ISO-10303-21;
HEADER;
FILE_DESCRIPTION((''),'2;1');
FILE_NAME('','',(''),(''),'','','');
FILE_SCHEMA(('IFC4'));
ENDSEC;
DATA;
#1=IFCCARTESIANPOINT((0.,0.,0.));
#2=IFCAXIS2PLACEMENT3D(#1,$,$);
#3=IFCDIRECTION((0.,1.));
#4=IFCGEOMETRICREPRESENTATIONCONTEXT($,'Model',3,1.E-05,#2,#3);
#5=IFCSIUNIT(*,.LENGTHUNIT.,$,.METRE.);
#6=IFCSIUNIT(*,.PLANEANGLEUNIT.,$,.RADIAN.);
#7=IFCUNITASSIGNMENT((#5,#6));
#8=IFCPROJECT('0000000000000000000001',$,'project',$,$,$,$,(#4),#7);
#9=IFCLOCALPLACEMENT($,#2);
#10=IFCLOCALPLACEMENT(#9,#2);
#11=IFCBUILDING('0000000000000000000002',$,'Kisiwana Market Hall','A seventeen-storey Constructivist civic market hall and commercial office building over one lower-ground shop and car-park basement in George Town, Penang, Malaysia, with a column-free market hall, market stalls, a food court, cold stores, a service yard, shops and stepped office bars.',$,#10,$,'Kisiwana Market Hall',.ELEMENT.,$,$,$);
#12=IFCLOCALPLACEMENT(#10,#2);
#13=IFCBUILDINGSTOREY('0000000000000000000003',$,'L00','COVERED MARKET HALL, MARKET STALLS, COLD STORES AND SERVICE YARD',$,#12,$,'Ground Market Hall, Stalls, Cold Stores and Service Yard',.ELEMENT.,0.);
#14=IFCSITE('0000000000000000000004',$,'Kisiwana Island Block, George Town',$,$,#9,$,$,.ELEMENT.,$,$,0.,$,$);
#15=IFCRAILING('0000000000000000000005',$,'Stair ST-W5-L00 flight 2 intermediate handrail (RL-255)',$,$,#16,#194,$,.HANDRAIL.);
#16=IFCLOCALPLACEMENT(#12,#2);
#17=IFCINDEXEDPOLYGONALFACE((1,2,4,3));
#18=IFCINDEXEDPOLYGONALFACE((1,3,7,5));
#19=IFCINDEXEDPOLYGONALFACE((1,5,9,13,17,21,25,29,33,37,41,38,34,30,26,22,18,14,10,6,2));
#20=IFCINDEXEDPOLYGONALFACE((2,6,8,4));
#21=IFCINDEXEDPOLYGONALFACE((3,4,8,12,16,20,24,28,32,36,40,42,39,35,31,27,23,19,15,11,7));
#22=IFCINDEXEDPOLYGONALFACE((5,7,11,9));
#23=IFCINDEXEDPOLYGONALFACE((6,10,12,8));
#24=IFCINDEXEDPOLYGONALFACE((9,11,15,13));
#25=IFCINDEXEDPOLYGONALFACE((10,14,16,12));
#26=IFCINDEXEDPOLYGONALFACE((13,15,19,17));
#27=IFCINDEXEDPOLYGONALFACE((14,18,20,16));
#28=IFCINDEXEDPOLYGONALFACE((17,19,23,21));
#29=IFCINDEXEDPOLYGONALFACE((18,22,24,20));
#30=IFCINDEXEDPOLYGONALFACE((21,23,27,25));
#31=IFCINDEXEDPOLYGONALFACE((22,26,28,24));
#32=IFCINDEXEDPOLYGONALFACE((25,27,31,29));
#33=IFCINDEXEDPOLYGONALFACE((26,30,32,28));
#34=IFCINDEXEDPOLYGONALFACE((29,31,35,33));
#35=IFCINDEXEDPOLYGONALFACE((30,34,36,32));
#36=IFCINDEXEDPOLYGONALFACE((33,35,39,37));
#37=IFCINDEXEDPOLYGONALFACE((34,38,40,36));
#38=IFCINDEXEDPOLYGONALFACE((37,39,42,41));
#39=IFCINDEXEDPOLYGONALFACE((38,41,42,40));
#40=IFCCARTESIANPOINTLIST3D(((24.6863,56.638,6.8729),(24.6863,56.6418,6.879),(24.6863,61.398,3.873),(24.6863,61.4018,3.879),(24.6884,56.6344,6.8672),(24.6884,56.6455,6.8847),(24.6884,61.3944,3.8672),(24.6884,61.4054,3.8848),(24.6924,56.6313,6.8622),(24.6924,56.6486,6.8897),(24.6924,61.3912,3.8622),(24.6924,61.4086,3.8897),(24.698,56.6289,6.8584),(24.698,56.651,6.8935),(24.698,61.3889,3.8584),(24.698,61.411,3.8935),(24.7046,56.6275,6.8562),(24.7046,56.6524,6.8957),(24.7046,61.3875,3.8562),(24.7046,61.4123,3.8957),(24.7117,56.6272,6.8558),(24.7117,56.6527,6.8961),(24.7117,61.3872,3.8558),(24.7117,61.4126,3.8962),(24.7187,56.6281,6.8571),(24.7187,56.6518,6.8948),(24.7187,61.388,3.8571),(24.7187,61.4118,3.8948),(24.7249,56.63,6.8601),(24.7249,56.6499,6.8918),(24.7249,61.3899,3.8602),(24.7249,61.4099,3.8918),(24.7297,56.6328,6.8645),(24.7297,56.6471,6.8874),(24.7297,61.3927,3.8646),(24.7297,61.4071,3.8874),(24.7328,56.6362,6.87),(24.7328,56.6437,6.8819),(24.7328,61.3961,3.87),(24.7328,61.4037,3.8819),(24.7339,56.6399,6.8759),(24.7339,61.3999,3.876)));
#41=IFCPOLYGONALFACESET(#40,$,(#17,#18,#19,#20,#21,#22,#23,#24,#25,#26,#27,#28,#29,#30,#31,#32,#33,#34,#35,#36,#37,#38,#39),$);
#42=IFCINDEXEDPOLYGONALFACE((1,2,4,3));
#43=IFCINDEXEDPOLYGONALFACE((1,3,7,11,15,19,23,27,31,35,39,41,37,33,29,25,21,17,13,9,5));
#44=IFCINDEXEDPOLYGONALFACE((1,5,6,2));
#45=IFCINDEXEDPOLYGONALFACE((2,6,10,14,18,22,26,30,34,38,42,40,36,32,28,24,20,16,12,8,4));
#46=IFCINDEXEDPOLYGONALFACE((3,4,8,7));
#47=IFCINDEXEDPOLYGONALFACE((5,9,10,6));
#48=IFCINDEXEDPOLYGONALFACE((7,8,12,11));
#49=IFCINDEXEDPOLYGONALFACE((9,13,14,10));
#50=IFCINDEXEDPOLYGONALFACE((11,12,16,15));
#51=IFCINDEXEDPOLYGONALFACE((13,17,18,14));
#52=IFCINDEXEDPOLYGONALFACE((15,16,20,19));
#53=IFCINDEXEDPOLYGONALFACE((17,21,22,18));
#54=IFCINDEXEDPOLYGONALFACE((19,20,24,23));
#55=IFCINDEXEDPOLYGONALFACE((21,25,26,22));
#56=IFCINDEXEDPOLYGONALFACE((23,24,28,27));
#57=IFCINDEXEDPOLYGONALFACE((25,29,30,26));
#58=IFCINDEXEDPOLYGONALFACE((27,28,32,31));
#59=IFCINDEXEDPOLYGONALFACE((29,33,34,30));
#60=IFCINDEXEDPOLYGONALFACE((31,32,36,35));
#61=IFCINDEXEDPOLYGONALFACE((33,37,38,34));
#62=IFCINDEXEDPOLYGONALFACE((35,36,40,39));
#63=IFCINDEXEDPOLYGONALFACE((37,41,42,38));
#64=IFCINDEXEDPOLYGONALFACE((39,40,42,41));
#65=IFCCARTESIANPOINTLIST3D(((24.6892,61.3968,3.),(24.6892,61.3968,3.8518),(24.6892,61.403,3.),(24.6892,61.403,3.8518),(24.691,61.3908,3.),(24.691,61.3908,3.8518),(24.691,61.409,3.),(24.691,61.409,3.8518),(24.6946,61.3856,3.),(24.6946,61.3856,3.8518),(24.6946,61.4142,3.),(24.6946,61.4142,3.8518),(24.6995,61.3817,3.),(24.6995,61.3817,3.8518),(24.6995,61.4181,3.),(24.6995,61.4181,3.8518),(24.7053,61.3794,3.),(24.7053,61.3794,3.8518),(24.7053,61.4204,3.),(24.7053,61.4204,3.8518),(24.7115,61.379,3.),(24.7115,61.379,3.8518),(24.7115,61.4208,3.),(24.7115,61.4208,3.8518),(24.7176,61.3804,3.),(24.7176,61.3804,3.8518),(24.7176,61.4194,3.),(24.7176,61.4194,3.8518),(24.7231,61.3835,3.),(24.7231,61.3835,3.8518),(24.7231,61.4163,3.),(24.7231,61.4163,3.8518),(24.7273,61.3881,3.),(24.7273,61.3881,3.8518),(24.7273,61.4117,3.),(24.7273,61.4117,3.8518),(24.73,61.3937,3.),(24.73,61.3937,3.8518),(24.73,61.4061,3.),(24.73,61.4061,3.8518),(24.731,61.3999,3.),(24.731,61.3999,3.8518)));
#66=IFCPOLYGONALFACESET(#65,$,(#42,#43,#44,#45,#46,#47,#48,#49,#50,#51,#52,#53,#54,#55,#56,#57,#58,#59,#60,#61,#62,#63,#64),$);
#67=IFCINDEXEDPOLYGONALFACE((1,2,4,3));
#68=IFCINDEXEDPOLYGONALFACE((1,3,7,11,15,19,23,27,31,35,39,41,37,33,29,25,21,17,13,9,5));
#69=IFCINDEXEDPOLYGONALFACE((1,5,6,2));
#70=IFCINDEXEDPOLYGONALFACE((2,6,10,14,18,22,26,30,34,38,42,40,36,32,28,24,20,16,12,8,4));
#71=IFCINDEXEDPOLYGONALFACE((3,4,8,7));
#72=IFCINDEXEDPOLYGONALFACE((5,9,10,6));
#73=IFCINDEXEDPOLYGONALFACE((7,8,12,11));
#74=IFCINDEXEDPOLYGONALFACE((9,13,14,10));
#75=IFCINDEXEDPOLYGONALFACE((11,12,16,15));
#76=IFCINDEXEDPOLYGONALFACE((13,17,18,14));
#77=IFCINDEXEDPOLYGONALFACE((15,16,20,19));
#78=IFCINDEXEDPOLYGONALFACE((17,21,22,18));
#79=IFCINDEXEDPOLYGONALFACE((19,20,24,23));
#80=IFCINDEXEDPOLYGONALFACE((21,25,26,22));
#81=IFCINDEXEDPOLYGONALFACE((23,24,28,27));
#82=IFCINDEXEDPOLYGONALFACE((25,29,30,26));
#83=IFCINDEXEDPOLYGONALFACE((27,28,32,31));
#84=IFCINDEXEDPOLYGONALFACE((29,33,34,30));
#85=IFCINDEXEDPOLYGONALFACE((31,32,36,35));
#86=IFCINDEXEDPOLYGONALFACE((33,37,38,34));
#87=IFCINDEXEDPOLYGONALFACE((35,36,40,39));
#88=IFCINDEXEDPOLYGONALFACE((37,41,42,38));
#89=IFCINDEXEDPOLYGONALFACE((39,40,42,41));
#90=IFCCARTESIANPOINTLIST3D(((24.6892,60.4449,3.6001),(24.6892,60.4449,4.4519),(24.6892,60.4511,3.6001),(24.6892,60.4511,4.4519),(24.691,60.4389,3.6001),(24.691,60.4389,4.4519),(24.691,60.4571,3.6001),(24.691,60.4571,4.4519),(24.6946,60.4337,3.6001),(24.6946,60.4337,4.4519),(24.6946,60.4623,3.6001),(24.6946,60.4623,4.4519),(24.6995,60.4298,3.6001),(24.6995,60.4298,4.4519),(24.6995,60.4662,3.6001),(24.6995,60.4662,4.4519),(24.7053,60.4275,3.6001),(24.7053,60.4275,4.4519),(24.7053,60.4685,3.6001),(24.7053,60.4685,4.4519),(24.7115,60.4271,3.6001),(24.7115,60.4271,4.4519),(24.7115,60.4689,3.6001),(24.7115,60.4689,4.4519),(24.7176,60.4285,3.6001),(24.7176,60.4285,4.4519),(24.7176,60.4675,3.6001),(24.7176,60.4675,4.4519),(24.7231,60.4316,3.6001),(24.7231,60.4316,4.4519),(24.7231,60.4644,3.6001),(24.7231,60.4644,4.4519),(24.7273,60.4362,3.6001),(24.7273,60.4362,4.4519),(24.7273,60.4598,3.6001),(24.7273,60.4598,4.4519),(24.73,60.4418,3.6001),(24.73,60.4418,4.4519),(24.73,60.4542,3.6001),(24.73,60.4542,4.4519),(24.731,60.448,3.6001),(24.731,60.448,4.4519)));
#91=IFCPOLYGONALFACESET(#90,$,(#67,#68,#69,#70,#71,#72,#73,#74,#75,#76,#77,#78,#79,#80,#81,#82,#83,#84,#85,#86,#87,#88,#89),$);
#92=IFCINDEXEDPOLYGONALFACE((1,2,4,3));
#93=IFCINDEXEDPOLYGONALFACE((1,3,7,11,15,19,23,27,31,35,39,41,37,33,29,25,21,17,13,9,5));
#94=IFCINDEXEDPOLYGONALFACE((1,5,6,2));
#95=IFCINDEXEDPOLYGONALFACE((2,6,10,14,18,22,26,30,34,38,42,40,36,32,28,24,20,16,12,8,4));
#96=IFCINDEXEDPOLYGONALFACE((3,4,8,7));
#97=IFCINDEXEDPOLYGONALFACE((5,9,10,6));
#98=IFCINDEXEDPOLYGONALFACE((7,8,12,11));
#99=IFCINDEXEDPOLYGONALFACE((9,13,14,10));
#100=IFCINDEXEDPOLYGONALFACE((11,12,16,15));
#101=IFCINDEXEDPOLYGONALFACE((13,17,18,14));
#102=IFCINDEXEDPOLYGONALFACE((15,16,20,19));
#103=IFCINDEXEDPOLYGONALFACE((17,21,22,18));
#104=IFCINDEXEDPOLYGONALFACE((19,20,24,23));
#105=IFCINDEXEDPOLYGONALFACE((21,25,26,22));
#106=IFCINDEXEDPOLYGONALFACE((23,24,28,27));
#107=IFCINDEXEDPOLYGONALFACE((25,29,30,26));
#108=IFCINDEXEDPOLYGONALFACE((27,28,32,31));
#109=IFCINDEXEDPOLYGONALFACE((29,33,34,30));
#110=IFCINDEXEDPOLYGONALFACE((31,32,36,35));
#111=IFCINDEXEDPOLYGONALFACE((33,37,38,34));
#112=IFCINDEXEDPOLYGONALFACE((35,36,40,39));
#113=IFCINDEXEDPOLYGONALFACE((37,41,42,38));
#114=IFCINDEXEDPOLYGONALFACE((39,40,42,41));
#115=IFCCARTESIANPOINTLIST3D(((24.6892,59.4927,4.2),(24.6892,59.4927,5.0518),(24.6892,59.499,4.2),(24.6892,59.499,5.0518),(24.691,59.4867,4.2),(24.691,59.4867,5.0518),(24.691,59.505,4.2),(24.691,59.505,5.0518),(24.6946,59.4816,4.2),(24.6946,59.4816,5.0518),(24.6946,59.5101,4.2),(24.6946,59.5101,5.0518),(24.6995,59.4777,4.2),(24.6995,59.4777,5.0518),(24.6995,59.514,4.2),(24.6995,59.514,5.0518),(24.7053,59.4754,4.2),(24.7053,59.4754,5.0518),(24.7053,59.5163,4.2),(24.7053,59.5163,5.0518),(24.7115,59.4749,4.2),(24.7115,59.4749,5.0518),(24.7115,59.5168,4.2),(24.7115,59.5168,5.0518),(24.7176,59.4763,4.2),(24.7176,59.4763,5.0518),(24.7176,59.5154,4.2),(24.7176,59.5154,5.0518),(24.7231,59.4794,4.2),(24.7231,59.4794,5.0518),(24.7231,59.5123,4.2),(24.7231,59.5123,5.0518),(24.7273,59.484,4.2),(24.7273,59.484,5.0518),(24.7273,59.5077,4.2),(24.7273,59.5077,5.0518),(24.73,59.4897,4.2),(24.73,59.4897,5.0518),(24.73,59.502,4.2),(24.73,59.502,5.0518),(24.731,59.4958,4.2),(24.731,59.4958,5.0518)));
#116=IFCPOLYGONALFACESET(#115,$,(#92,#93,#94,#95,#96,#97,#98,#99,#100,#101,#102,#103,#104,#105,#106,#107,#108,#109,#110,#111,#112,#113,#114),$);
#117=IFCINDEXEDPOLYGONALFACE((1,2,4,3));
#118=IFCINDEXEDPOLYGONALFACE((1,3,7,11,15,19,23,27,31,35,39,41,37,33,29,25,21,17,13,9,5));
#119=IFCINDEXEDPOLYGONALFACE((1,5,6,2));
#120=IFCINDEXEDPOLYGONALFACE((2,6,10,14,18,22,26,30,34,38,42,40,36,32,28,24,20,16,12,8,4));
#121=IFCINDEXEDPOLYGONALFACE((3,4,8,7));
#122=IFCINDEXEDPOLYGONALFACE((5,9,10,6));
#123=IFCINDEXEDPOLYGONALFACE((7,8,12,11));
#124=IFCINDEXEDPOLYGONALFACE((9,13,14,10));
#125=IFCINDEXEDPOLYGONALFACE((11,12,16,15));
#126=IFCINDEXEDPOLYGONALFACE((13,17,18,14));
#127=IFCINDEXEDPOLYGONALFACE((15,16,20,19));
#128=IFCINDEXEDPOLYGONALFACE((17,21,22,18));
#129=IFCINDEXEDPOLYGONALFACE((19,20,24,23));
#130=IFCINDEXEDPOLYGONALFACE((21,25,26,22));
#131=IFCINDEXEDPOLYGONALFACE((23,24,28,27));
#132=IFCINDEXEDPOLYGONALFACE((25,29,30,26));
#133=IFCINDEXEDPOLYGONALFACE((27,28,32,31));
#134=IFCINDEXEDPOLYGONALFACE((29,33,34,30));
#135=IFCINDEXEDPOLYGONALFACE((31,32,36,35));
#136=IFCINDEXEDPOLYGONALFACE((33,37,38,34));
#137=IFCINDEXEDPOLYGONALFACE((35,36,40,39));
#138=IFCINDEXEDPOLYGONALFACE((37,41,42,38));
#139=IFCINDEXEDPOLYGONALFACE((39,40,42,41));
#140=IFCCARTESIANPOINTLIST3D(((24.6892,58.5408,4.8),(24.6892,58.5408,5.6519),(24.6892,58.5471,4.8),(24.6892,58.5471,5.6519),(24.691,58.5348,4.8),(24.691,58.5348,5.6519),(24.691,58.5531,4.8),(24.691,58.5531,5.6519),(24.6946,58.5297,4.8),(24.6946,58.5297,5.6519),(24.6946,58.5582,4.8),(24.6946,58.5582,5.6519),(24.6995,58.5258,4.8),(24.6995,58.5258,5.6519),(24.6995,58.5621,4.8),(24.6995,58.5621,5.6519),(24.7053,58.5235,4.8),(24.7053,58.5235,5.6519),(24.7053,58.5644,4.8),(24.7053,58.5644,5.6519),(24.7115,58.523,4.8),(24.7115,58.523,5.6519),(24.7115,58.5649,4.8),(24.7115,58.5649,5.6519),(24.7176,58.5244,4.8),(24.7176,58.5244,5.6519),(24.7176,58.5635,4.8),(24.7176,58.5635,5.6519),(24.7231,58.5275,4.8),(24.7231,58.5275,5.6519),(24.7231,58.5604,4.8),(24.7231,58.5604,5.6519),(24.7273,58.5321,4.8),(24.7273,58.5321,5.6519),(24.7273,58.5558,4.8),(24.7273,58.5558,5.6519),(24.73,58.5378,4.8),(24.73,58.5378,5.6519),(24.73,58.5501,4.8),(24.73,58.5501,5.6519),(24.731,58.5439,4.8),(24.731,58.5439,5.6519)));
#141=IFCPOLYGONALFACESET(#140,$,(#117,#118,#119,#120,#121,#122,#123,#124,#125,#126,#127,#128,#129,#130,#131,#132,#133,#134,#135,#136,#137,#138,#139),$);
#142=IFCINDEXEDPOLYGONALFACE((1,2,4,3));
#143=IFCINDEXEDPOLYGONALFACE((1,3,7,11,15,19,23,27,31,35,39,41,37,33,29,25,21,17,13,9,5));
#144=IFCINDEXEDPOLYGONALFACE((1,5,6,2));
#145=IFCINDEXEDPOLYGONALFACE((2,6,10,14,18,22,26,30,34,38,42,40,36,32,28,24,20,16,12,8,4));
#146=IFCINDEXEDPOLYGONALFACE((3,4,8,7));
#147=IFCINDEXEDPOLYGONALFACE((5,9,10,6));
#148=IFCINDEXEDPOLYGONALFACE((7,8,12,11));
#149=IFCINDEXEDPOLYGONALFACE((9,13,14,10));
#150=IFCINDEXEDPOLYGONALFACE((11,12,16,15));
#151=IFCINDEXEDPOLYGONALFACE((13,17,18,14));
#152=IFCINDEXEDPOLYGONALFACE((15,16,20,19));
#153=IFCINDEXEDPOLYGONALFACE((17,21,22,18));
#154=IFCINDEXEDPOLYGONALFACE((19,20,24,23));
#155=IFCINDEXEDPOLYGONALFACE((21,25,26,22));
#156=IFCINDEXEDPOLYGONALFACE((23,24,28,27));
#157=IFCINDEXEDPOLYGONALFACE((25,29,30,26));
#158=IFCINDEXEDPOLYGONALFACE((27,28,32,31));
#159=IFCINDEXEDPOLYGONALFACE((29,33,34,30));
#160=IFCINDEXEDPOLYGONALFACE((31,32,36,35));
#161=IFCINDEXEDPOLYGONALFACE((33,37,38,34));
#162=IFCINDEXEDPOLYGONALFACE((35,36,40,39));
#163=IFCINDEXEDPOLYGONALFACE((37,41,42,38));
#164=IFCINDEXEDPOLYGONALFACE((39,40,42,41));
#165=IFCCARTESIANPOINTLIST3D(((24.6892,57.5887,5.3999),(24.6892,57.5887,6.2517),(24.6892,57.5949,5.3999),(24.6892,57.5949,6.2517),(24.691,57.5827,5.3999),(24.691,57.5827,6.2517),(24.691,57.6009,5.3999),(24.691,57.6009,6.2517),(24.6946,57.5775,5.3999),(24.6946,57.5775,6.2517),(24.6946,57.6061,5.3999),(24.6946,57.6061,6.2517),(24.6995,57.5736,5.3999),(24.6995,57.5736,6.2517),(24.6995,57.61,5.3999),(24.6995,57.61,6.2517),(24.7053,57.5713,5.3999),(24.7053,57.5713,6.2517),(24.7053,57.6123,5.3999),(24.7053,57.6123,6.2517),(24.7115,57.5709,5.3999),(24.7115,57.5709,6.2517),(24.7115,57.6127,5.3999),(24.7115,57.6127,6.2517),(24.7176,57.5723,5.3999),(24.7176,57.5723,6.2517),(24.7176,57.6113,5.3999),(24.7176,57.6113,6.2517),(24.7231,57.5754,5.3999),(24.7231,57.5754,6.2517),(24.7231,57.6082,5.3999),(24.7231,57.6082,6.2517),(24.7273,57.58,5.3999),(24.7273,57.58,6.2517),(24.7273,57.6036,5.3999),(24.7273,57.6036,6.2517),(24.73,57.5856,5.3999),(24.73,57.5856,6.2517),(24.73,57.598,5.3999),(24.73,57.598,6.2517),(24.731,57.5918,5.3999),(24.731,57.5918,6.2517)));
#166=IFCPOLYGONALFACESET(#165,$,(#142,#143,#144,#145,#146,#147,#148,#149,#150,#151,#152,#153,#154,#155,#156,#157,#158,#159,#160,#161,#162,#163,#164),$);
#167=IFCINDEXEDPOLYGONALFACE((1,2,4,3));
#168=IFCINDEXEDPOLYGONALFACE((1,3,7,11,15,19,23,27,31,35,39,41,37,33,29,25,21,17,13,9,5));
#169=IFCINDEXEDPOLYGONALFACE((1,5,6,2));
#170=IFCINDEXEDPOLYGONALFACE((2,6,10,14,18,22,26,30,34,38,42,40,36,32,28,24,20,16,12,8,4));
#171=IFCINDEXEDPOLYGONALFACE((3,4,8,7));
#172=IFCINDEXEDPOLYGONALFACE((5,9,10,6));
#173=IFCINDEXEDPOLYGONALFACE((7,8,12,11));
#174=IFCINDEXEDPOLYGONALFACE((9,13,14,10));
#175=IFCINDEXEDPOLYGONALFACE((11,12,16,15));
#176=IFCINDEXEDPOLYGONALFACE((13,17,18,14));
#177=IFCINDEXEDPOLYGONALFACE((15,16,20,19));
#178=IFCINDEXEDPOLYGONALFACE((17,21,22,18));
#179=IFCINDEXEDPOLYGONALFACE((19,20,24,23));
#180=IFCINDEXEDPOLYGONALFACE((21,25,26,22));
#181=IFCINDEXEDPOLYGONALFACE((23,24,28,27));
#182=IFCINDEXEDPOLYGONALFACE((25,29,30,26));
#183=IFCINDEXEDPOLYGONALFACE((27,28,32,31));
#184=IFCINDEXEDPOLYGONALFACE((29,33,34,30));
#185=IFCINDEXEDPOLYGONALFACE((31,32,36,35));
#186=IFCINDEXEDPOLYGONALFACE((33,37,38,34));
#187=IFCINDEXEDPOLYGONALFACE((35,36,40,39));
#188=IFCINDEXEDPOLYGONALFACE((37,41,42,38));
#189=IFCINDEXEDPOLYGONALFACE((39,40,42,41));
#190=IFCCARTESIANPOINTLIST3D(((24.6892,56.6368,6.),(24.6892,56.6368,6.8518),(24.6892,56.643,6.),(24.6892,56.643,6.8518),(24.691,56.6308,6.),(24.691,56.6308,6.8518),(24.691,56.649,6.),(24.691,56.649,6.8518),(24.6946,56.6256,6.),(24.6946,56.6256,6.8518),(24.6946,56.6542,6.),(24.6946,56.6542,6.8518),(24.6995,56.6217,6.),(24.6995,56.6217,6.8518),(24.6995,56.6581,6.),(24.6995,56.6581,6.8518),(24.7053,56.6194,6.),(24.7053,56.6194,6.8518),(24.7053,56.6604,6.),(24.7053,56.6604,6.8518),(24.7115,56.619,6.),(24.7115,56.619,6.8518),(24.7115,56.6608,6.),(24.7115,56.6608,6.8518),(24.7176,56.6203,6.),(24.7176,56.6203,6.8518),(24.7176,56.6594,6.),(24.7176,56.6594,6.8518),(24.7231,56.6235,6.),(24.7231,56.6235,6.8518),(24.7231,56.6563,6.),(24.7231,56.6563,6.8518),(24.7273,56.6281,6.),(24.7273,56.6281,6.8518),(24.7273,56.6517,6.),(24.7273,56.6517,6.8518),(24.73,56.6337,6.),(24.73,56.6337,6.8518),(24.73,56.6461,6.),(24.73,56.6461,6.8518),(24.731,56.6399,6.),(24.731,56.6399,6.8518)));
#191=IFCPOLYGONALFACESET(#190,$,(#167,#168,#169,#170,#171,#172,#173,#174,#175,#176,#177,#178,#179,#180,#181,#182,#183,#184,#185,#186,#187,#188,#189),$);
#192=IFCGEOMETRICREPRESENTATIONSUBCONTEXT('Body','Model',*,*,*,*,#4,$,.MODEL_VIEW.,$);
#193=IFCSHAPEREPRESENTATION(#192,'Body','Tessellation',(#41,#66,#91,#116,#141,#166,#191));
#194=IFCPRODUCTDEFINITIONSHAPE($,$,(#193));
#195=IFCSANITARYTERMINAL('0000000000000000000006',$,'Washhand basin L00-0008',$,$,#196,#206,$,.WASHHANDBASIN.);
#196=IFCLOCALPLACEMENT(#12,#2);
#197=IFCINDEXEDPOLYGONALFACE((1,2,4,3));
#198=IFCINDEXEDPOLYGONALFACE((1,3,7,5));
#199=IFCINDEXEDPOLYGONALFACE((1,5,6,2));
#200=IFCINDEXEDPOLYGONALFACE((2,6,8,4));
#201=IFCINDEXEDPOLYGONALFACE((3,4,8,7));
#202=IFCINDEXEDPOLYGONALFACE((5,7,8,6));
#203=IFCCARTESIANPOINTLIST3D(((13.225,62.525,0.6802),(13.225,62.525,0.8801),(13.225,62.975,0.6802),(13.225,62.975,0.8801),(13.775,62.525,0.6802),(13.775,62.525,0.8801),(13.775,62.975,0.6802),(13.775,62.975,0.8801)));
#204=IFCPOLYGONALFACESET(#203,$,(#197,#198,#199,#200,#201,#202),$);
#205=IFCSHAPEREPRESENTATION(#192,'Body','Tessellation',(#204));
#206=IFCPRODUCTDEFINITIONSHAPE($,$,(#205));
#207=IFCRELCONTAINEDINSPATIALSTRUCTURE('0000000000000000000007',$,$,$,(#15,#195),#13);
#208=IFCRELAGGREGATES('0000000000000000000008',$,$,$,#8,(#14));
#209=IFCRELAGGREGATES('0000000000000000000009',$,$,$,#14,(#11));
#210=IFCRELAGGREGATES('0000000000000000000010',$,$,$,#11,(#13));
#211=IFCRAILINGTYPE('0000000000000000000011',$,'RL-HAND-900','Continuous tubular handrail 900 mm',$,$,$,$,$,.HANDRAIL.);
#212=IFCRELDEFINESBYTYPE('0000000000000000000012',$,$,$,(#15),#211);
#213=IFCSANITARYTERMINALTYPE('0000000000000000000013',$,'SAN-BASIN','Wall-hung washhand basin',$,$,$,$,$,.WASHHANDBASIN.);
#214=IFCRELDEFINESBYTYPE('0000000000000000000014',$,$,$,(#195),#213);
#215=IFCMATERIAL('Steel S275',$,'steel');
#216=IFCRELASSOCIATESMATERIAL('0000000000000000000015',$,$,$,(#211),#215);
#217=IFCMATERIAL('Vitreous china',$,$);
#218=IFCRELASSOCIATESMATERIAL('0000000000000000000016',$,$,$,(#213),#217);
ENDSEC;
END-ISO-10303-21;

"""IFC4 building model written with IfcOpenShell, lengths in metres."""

from ifc_helpers import new_model, si_unit, direction, frame, origin, origin_2d, place, context, subcontext, project, spatial, rectangle, circle, extrude, material, type_object, element, save


model = new_model("IFC4")

# Units and contexts
model_context = context("Model", 3, precision=1e-05, world=origin(), true_north=direction((0.0, 1.0)))
body_context = subcontext(model_context, "Body", "Model", "MODEL_VIEW")
ifc_project = project(units=[si_unit("LENGTHUNIT", "METRE"), si_unit("PLANEANGLEUNIT", "RADIAN")], contexts=[model_context])

# Site, building, storey
site_placement = place(None, origin())
site = spatial("IfcSite", under=ifc_project, at=site_placement, Name="Kisiwana Island Block, George Town", CompositionType="ELEMENT", RefElevation=0.0)
building_placement = place(site_placement, origin())
building = spatial("IfcBuilding", under=site, at=building_placement, Name="Kisiwana Market Hall", Description="A seventeen-storey Constructivist civic market hall and commercial office building over one lower-ground shop and car-park basement in George Town, Penang, Malaysia, with a column-free market hall, market stalls, a food court, cold stores, a service yard, shops and stepped office bars.", LongName="Kisiwana Market Hall", CompositionType="ELEMENT")
storey_placement = place(building_placement, origin())
storey = spatial("IfcBuildingStorey", under=building, at=storey_placement, Name="L00", Description="COVERED MARKET HALL, MARKET STALLS, COLD STORES AND SERVICE YARD", LongName="Ground Market Hall, Stalls, Cold Stores and Service Yard", CompositionType="ELEMENT", Elevation=0.0)

# Railing
ifc_material_1 = material(Name="Steel S275", Category="steel")
railing_type = type_object("IfcRailingType", Name="RL-HAND-900", Description="Continuous tubular handrail 900 mm", PredefinedType="HANDRAIL", material=ifc_material_1)
for number, where, name in (
    (1, (24.71, 61.3999, 3.0), "Stair ST-W5-L00 flight 2 intermediate handrail (RL-255)"),
):
    element("IfcRailing", number, at=place(storey_placement, frame(where)), inside=storey, type_object=railing_type, Name=name, PredefinedType="HANDRAIL", context=body_context, shape_type="SweptSolid", body=[
        extrude(circle(Radius=0.0239, at=origin_2d()), frame((0.0, 0.0, 0.876), z_axis=(0.0, -0.845996, 0.53319), x_axis=(1.0, 0.0, 0.0)), (0.0, 0.0, 1.0), 5.6265),
        extrude(circle(Radius=0.021, at=origin_2d()), origin(), (0.0, 0.0, 1.0), 0.8518),
        extrude(circle(Radius=0.021, at=origin_2d()), frame((0.0, -0.9519, 0.6001)), (0.0, 0.0, 1.0), 0.8518),
        extrude(circle(Radius=0.021, at=origin_2d()), frame((0.0, -1.9041, 1.2)), (0.0, 0.0, 1.0), 0.8518),
        extrude(circle(Radius=0.021, at=origin_2d()), frame((0.0, -2.856, 1.8)), (0.0, 0.0, 1.0), 0.8518),
        extrude(circle(Radius=0.021, at=origin_2d()), frame((0.0, -3.8081, 2.3999)), (0.0, 0.0, 1.0), 0.8518),
        extrude(circle(Radius=0.021, at=origin_2d()), frame((0.0, -4.76, 3.0)), (0.0, 0.0, 1.0), 0.8518),
    ])

# Sanitary terminal
ifc_material_2 = material(Name="Vitreous china")
sanitary_terminal_type_1 = type_object("IfcSanitaryTerminalType", Name="SAN-BASIN", Description="Wall-hung washhand basin", PredefinedType="WASHHANDBASIN", material=ifc_material_2)
for number, where, z_axis, x_axis, name in (
    (2, (13.5, 62.75, 0.6802), (0.0, 0.0, 1.0), (1.0, 0.0, 0.0), "Washhand basin L00-0008"),
):
    element("IfcSanitaryTerminal", number, at=place(storey_placement, frame(where, z_axis=z_axis, x_axis=x_axis)), inside=storey, type_object=sanitary_terminal_type_1, Name=name, PredefinedType="WASHHANDBASIN", context=body_context, shape_type="SweptSolid", body=[
        extrude(rectangle(XDim=0.55, YDim=0.45, at=origin_2d()), origin(), (0.0, 0.0, 1.0), 0.2),
    ])

save(model, "model.ifc")
